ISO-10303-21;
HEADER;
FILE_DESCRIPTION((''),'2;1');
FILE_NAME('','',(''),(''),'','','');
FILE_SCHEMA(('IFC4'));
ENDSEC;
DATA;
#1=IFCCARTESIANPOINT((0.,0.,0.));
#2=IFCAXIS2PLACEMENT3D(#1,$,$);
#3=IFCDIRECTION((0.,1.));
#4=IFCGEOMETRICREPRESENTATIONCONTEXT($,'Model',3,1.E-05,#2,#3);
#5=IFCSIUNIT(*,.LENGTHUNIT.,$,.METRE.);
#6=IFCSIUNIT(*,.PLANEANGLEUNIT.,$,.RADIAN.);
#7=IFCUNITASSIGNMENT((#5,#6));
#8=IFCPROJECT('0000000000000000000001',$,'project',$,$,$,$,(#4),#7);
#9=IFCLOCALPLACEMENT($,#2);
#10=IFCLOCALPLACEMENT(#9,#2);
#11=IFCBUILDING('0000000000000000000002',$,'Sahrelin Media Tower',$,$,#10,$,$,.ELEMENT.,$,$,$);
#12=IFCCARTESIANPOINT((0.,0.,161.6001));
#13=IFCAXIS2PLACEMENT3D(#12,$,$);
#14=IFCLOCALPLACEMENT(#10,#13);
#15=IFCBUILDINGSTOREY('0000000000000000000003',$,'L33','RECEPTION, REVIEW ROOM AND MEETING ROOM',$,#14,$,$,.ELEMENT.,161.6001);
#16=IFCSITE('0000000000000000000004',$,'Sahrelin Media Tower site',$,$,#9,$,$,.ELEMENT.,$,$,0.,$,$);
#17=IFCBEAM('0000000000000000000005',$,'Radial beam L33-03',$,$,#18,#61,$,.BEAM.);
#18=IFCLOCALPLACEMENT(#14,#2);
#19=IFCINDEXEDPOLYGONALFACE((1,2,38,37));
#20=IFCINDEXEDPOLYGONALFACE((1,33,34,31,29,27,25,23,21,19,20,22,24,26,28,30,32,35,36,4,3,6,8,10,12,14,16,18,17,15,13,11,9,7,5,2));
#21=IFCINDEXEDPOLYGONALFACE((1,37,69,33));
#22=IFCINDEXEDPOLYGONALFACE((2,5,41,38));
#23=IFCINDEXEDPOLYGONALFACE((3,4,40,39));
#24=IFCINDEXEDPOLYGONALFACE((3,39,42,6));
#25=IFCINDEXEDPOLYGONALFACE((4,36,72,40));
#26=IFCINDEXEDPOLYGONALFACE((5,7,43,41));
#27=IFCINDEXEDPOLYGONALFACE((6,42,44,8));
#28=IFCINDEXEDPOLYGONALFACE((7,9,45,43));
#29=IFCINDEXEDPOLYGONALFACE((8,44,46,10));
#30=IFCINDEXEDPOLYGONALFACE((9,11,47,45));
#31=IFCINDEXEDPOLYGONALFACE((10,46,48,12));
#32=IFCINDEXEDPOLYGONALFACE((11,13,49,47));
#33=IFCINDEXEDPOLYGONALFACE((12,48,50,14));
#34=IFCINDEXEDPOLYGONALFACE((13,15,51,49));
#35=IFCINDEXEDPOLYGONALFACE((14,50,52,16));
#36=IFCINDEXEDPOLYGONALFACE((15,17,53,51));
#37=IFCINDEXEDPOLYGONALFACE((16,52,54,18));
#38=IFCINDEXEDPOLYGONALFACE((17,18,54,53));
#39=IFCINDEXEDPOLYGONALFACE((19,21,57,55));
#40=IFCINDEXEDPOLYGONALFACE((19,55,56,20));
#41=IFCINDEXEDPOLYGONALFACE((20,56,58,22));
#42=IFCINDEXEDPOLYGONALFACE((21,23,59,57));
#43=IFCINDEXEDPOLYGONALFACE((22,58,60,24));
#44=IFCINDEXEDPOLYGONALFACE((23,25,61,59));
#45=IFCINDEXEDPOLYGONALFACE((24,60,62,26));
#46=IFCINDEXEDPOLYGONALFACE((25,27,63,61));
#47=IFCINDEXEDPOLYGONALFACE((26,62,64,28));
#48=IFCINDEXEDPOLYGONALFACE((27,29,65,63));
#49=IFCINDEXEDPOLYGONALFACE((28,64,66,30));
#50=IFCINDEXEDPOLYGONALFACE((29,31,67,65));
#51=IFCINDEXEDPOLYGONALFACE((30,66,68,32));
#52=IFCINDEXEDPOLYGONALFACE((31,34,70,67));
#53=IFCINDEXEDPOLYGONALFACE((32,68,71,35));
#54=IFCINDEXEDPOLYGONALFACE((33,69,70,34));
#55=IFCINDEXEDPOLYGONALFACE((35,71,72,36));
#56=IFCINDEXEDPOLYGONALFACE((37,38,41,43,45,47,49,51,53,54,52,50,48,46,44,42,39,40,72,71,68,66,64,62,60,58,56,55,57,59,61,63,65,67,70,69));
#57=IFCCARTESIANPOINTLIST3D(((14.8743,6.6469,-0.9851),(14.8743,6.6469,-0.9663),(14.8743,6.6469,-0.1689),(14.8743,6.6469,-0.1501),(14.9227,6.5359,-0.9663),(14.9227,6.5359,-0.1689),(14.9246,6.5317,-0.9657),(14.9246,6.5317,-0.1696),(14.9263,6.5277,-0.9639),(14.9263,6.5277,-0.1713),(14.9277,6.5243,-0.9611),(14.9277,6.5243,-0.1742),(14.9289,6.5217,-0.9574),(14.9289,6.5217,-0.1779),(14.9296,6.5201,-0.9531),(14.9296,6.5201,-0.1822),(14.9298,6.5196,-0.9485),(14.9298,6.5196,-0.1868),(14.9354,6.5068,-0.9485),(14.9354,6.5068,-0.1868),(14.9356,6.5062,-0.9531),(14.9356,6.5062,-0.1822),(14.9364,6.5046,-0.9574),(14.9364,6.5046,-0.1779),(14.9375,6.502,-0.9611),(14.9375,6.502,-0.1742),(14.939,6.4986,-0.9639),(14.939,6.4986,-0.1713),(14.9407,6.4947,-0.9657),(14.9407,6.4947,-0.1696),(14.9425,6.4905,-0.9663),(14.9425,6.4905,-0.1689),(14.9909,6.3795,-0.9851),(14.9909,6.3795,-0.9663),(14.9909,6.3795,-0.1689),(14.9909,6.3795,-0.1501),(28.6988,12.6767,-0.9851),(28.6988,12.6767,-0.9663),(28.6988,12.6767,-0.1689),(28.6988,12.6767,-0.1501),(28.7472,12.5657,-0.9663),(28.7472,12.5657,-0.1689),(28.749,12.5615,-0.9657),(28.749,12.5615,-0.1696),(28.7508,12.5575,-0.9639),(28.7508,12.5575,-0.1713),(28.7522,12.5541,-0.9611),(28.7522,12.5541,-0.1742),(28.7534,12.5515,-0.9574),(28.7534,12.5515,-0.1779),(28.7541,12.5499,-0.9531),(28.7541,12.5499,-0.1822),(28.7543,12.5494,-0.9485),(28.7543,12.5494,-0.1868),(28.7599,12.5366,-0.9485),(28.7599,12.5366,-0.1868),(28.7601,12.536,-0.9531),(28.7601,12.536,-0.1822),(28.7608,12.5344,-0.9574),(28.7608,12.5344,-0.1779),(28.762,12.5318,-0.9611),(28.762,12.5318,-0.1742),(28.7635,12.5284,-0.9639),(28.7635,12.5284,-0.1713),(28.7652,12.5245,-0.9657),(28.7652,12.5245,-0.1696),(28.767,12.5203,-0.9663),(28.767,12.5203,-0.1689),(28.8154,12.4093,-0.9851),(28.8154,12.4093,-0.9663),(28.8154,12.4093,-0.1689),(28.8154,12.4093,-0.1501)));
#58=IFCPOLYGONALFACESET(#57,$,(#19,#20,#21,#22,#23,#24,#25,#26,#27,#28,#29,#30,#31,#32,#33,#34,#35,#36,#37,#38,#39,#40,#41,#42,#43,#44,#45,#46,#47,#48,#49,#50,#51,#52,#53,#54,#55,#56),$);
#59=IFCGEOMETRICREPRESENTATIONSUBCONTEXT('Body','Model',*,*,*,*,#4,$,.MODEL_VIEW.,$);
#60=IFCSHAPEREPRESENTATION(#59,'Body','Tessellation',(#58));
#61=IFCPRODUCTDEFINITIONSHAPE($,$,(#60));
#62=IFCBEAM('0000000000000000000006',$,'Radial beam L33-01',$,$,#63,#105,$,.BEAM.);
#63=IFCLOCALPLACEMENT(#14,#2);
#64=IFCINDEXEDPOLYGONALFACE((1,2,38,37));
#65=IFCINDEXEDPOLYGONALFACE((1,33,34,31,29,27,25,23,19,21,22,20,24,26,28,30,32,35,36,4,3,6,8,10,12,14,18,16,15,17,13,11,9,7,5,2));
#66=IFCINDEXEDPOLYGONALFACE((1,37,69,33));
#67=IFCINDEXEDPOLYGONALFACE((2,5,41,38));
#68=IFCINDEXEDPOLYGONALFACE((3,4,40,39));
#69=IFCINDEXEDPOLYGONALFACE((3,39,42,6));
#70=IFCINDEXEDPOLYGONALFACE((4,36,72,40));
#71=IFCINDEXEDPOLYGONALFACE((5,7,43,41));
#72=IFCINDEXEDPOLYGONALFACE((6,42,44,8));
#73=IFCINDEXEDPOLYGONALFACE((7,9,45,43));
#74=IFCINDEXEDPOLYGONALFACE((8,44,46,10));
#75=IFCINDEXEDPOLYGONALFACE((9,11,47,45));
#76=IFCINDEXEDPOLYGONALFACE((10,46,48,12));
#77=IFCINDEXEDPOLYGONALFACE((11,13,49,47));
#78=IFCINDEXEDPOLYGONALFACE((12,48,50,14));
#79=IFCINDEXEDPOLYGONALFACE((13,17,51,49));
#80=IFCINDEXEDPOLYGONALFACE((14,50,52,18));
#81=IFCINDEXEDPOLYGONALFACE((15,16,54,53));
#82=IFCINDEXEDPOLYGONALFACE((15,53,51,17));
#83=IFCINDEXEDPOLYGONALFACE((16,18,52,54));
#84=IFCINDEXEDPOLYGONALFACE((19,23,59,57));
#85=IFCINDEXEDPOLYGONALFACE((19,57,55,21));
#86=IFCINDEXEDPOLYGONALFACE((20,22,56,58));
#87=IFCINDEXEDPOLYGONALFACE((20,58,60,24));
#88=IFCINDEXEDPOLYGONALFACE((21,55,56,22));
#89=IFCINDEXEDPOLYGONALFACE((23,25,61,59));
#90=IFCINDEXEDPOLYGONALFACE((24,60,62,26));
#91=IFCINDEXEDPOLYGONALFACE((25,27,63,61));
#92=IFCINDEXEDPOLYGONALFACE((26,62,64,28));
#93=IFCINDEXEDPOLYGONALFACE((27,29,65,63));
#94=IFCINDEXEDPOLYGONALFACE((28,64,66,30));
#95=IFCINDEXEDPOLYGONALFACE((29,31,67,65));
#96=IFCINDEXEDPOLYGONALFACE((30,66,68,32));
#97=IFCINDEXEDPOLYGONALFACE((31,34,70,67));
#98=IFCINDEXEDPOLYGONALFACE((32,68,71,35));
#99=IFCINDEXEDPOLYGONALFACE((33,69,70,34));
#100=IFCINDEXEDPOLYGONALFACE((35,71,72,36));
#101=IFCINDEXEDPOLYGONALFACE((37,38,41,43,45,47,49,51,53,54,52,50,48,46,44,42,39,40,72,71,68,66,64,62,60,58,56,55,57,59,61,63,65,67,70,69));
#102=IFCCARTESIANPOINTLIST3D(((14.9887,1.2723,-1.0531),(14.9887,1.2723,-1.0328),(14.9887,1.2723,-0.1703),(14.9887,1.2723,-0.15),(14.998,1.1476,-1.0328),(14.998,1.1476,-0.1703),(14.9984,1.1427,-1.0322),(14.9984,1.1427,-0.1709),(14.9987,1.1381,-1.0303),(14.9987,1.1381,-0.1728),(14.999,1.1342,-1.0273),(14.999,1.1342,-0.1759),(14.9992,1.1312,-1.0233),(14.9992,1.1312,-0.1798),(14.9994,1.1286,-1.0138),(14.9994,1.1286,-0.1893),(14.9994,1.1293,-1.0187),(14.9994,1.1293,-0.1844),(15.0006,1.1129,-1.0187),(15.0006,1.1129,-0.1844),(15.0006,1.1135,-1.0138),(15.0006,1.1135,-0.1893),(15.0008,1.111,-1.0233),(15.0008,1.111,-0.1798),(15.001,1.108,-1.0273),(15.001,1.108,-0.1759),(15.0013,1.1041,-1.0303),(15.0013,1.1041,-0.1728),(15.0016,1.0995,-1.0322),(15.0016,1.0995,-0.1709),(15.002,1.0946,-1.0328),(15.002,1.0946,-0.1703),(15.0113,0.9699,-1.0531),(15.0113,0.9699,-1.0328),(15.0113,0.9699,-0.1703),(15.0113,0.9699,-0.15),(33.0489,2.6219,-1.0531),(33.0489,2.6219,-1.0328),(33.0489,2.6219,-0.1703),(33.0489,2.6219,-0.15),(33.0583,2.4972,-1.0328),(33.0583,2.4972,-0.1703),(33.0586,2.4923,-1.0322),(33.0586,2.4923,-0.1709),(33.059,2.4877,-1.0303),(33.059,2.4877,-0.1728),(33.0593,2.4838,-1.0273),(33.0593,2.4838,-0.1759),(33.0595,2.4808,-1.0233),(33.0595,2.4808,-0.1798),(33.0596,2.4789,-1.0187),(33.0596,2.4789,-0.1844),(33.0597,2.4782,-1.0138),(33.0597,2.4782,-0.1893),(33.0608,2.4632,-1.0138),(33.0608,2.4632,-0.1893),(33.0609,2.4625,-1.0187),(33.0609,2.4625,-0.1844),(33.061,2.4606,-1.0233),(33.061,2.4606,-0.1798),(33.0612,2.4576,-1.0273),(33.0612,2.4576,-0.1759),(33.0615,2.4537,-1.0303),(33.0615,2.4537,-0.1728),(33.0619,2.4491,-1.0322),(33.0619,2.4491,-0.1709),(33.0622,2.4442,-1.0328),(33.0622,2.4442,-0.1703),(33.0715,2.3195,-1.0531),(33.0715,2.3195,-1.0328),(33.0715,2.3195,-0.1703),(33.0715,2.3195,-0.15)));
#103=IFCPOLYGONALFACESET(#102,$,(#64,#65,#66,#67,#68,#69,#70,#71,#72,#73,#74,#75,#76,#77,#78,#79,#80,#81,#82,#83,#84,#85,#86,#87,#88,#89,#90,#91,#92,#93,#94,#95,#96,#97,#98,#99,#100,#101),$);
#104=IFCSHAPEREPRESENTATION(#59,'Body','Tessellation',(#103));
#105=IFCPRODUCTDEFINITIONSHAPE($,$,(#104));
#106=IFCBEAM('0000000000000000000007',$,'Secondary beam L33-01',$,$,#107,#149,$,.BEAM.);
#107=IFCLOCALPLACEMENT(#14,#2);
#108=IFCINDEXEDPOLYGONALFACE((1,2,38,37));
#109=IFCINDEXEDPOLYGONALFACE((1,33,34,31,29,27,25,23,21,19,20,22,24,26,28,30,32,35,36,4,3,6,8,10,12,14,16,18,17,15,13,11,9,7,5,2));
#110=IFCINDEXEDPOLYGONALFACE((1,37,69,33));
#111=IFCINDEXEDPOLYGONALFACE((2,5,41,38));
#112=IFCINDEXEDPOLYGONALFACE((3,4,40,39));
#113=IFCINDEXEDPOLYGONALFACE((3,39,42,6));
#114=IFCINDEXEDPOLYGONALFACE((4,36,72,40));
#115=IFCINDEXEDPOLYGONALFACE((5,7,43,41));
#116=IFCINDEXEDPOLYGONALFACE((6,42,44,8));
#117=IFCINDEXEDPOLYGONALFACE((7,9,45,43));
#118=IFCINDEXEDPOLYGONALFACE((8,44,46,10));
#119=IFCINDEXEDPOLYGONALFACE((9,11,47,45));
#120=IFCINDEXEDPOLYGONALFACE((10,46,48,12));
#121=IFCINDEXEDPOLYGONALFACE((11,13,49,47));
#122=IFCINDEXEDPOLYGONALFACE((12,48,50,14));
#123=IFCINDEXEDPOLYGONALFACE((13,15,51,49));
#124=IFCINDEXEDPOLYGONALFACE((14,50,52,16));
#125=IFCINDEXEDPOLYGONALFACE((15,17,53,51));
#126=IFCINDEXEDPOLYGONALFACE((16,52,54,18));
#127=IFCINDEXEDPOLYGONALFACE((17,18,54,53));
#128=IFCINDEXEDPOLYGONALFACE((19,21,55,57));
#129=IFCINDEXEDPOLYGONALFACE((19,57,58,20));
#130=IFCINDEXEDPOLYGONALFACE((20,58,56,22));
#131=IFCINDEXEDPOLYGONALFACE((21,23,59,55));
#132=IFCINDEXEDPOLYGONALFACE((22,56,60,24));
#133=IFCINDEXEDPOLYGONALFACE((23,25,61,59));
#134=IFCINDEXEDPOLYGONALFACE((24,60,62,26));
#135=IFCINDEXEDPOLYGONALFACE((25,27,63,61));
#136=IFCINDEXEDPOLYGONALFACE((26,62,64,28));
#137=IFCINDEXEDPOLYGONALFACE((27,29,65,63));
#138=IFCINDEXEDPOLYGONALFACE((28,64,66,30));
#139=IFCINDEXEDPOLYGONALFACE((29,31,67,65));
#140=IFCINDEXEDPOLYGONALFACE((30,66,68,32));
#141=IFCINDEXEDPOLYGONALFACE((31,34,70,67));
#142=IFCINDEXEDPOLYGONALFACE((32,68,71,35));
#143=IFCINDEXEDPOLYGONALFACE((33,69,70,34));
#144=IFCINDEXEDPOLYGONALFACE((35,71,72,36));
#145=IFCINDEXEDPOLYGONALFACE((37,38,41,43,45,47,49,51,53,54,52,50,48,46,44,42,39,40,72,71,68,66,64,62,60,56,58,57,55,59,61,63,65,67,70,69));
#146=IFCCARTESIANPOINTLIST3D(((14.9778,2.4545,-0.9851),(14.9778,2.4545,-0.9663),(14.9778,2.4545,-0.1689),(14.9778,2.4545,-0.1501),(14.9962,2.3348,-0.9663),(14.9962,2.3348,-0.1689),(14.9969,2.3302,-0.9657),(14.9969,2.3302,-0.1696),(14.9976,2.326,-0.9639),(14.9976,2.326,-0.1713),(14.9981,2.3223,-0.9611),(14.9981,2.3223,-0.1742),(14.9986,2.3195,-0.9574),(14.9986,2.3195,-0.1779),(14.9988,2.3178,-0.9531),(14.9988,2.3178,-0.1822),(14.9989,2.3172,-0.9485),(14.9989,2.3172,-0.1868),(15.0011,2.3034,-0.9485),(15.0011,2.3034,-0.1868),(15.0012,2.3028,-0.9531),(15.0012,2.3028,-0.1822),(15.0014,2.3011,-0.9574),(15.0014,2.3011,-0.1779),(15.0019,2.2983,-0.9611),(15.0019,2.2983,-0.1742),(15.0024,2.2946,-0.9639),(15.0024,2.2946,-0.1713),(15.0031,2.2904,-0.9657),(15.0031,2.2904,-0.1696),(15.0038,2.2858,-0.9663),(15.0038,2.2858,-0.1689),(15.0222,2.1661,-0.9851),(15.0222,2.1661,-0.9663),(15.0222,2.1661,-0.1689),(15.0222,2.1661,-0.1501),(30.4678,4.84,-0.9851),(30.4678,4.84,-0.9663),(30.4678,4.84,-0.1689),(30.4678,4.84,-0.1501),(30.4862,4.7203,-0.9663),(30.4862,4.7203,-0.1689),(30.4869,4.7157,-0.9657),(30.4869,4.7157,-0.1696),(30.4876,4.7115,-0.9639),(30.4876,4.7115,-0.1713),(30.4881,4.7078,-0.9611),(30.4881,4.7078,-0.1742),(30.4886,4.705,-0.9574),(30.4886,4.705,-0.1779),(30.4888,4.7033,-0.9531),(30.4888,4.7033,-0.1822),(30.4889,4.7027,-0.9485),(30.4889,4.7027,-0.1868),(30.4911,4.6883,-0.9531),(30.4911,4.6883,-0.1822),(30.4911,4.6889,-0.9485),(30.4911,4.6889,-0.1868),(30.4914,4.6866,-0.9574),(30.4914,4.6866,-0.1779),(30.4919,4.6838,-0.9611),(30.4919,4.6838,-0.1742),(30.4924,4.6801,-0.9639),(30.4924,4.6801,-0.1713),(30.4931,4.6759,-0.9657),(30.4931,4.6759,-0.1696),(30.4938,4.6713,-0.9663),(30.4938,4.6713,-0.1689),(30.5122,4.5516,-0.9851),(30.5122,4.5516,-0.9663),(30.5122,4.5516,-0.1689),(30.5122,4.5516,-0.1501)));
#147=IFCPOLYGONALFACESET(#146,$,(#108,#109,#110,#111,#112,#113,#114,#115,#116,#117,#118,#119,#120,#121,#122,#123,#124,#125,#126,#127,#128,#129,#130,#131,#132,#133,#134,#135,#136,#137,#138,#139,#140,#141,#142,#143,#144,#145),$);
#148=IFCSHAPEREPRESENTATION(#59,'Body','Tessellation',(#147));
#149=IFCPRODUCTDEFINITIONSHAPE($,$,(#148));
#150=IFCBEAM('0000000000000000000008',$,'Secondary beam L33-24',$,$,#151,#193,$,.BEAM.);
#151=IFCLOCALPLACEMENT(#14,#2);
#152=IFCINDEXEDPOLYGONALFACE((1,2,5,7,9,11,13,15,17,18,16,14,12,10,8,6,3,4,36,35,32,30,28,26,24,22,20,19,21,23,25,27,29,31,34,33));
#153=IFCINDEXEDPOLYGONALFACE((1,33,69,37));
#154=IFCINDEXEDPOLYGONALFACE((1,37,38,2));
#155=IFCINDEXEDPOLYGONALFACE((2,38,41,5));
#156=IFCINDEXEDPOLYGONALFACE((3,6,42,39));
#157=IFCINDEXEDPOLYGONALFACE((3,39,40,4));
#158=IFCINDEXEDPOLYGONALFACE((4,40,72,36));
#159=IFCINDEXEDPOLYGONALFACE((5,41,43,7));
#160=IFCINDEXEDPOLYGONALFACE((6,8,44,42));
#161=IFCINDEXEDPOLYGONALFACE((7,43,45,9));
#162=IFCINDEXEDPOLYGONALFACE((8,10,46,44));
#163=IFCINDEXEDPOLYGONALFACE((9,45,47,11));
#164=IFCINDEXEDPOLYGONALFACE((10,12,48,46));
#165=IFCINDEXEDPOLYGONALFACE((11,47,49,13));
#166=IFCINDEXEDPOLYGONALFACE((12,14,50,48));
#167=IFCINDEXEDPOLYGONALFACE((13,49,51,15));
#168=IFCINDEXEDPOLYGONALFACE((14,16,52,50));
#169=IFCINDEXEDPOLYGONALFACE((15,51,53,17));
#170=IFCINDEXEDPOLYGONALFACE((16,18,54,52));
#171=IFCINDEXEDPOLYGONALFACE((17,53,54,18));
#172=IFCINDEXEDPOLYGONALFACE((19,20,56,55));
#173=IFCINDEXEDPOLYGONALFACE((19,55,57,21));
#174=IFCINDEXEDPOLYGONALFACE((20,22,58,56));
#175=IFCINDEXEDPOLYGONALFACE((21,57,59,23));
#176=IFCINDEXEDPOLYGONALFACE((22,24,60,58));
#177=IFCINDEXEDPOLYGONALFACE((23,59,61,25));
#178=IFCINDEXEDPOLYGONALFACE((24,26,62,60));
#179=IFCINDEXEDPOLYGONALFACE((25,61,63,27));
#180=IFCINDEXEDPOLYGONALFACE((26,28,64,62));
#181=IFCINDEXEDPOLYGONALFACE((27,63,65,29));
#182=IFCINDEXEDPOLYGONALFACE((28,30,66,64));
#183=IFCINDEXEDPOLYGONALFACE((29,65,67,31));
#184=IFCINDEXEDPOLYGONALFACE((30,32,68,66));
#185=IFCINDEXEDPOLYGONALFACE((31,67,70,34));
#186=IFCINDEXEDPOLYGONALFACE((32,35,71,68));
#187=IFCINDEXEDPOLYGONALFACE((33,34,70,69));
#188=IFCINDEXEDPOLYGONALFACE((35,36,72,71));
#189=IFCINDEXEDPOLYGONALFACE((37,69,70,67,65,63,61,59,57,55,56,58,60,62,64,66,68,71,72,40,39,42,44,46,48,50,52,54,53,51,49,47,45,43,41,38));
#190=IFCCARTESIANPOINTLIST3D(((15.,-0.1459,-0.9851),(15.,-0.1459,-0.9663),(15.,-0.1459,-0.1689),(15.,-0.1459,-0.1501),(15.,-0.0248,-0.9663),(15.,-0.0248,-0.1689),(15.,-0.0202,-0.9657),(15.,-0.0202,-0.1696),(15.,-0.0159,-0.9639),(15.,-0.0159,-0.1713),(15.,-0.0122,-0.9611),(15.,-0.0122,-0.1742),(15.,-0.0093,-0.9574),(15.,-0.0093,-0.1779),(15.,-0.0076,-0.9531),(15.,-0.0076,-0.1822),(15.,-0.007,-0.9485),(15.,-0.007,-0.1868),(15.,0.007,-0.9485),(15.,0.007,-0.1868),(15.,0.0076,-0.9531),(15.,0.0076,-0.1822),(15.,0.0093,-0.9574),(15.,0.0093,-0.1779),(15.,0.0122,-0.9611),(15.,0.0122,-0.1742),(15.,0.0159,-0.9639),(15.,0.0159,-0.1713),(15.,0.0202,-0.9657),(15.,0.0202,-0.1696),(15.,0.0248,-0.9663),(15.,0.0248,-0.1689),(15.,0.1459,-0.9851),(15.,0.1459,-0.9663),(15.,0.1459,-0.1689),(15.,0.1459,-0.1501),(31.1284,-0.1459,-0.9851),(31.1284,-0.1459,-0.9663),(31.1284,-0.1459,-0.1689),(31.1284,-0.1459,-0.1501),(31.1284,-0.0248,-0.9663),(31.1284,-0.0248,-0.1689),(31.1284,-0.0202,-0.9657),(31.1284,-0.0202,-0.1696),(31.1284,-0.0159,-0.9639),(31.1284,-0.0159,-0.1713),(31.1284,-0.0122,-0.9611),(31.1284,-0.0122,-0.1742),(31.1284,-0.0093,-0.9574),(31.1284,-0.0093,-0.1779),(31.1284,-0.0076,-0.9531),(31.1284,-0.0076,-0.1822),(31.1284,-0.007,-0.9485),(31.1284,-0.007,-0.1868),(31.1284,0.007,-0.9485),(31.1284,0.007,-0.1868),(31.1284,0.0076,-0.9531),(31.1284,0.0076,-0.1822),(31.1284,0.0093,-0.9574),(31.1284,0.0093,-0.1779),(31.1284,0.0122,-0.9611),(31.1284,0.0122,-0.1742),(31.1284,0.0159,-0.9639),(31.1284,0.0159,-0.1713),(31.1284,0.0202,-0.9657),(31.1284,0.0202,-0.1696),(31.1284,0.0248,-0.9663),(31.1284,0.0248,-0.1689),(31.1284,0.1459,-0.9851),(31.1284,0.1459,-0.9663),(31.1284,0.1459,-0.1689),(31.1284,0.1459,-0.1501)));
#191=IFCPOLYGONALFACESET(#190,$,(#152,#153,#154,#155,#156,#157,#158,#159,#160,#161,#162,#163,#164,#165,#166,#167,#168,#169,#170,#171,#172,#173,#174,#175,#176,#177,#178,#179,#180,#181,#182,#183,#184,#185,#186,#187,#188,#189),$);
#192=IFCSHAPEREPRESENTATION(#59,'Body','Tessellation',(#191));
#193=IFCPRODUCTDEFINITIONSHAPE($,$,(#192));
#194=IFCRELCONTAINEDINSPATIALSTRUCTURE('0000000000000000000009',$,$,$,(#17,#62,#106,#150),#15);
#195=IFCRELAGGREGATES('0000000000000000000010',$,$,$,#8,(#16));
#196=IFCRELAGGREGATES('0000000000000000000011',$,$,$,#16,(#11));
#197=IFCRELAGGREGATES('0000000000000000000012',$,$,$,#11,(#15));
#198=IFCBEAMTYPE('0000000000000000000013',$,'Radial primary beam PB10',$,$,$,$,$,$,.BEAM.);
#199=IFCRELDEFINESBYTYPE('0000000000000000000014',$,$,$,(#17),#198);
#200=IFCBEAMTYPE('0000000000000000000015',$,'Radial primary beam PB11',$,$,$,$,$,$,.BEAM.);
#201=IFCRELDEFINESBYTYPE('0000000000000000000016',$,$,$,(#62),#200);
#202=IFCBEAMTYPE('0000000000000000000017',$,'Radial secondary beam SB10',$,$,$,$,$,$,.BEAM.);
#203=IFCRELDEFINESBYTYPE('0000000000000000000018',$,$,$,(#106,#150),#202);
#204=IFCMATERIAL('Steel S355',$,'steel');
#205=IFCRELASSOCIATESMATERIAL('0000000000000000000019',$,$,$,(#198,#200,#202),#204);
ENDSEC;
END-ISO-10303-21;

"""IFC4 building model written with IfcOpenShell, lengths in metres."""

from ifc_helpers import new_model, si_unit, direction, frame, origin, origin_2d, place, context, subcontext, project, spatial, i_section, extrude, material, material_profile, profile_set, type_object, element, save


model = new_model("IFC4")

# Units and contexts
model_context = context("Model", 3, precision=1e-05, world=origin(), true_north=direction((0.0, 1.0)))
body_context = subcontext(model_context, "Body", "Model", "MODEL_VIEW")
ifc_project = project(units=[si_unit("LENGTHUNIT", "METRE"), si_unit("PLANEANGLEUNIT", "RADIAN")], contexts=[model_context])

# Site, building, storey
site_placement = place(None, origin())
site = spatial("IfcSite", under=ifc_project, at=site_placement, Name="Sahrelin Media Tower site", CompositionType="ELEMENT", RefElevation=0.0)
building_placement = place(site_placement, origin())
building = spatial("IfcBuilding", under=site, at=building_placement, Name="Sahrelin Media Tower", CompositionType="ELEMENT")
storey_placement = place(building_placement, frame((0.0, 0.0, 161.6001)))
storey = spatial("IfcBuildingStorey", under=building, at=storey_placement, Name="L33", Description="RECEPTION, REVIEW ROOM AND MEETING ROOM", CompositionType="ELEMENT", Elevation=161.6001)

# Beams
ifc_material_1 = material(Name="Steel S355", Category="steel")
ifc_material_profile_1 = material_profile(ifc_material_1, i_section(OverallWidth=0.2917, OverallDepth=0.835, WebThickness=0.0139, FlangeThickness=0.0188, FilletRadius=0.0178, at=origin_2d()), Name="UB 838x292x176")
ifc_profile_set_1 = profile_set([ifc_material_profile_1], Name="Steel S355")
beam_type_1 = type_object("IfcBeamType", Name="Radial primary beam PB10", PredefinedType="BEAM", material=ifc_profile_set_1)
beam_1_placement = place(storey_placement, frame((14.9326, 6.5132, -0.5676), z_axis=(0.916605, 0.399794, 0.0), x_axis=(-0.399794, 0.916605, 0.0)))
element("IfcBeam", 1, at=beam_1_placement, inside=storey, type_object=beam_type_1, Name="Radial beam L33-03", PredefinedType="BEAM", context=body_context, shape_type="SweptSolid", body=[
    extrude(i_section(OverallWidth=0.2917, OverallDepth=0.835, WebThickness=0.0139, FlangeThickness=0.0188, FilletRadius=0.0178, at=origin_2d()), origin(), (0.0, 0.0, 1.0), 15.0823),
])
ifc_material_profile_2 = material_profile(ifc_material_1, i_section(OverallWidth=0.3032, OverallDepth=0.9031, WebThickness=0.0151, FlangeThickness=0.0203, FilletRadius=0.019, at=origin_2d()), Name="UB 914x305x201")
ifc_profile_set_2 = profile_set([ifc_material_profile_2], Name="Steel S355")
beam_type_2 = type_object("IfcBeamType", Name="Radial primary beam PB11", PredefinedType="BEAM", material=ifc_profile_set_2)
beam_2_placement = place(storey_placement, frame((15.0, 1.1211, -0.6016), z_axis=(0.99722, 0.07452, 0.0), x_axis=(-0.07452, 0.99722, 0.0)))
element("IfcBeam", 2, at=beam_2_placement, inside=storey, type_object=beam_type_2, Name="Radial beam L33-01", PredefinedType="BEAM", context=body_context, shape_type="SweptSolid", body=[
    extrude(i_section(OverallWidth=0.3032, OverallDepth=0.9031, WebThickness=0.0151, FlangeThickness=0.0203, FilletRadius=0.019, at=origin_2d()), origin(), (0.0, 0.0, 1.0), 18.1106),
])
ifc_material_profile_3 = material_profile(ifc_material_1, i_section(OverallWidth=0.2917, OverallDepth=0.835, WebThickness=0.0139, FlangeThickness=0.0188, FilletRadius=0.0178, at=origin_2d()), Name="UB 838x292x176")
ifc_profile_set_3 = profile_set([ifc_material_profile_3], Name="Steel S355")
beam_type_3 = type_object("IfcBeamType", Name="Radial secondary beam SB10", PredefinedType="BEAM", material=ifc_profile_set_3)
beam_3_placement = place(storey_placement, frame((15.0, 2.3103, -0.5676), z_axis=(0.988348, 0.152208, 0.0), x_axis=(-0.152208, 0.988348, 0.0)))
element("IfcBeam", 3, at=beam_3_placement, inside=storey, type_object=beam_type_3, Name="Secondary beam L33-01", PredefinedType="BEAM", context=body_context, shape_type="SweptSolid", body=[
    extrude(i_section(OverallWidth=0.2917, OverallDepth=0.835, WebThickness=0.0139, FlangeThickness=0.0188, FilletRadius=0.0178, at=origin_2d()), origin(), (0.0, 0.0, 1.0), 15.6726),
])
beam_4_placement = place(storey_placement, frame((15.0, 0.0, -0.5676), z_axis=(1.0, 0.0, 0.0), x_axis=(0.0, 1.0, 0.0)))
element("IfcBeam", 4, at=beam_4_placement, inside=storey, type_object=beam_type_3, Name="Secondary beam L33-24", PredefinedType="BEAM", context=body_context, shape_type="SweptSolid", body=[
    extrude(i_section(OverallWidth=0.2917, OverallDepth=0.835, WebThickness=0.0139, FlangeThickness=0.0188, FilletRadius=0.0178, at=origin_2d()), origin(), (0.0, 0.0, 1.0), 16.1284),
])

save(model, "model.ifc")
